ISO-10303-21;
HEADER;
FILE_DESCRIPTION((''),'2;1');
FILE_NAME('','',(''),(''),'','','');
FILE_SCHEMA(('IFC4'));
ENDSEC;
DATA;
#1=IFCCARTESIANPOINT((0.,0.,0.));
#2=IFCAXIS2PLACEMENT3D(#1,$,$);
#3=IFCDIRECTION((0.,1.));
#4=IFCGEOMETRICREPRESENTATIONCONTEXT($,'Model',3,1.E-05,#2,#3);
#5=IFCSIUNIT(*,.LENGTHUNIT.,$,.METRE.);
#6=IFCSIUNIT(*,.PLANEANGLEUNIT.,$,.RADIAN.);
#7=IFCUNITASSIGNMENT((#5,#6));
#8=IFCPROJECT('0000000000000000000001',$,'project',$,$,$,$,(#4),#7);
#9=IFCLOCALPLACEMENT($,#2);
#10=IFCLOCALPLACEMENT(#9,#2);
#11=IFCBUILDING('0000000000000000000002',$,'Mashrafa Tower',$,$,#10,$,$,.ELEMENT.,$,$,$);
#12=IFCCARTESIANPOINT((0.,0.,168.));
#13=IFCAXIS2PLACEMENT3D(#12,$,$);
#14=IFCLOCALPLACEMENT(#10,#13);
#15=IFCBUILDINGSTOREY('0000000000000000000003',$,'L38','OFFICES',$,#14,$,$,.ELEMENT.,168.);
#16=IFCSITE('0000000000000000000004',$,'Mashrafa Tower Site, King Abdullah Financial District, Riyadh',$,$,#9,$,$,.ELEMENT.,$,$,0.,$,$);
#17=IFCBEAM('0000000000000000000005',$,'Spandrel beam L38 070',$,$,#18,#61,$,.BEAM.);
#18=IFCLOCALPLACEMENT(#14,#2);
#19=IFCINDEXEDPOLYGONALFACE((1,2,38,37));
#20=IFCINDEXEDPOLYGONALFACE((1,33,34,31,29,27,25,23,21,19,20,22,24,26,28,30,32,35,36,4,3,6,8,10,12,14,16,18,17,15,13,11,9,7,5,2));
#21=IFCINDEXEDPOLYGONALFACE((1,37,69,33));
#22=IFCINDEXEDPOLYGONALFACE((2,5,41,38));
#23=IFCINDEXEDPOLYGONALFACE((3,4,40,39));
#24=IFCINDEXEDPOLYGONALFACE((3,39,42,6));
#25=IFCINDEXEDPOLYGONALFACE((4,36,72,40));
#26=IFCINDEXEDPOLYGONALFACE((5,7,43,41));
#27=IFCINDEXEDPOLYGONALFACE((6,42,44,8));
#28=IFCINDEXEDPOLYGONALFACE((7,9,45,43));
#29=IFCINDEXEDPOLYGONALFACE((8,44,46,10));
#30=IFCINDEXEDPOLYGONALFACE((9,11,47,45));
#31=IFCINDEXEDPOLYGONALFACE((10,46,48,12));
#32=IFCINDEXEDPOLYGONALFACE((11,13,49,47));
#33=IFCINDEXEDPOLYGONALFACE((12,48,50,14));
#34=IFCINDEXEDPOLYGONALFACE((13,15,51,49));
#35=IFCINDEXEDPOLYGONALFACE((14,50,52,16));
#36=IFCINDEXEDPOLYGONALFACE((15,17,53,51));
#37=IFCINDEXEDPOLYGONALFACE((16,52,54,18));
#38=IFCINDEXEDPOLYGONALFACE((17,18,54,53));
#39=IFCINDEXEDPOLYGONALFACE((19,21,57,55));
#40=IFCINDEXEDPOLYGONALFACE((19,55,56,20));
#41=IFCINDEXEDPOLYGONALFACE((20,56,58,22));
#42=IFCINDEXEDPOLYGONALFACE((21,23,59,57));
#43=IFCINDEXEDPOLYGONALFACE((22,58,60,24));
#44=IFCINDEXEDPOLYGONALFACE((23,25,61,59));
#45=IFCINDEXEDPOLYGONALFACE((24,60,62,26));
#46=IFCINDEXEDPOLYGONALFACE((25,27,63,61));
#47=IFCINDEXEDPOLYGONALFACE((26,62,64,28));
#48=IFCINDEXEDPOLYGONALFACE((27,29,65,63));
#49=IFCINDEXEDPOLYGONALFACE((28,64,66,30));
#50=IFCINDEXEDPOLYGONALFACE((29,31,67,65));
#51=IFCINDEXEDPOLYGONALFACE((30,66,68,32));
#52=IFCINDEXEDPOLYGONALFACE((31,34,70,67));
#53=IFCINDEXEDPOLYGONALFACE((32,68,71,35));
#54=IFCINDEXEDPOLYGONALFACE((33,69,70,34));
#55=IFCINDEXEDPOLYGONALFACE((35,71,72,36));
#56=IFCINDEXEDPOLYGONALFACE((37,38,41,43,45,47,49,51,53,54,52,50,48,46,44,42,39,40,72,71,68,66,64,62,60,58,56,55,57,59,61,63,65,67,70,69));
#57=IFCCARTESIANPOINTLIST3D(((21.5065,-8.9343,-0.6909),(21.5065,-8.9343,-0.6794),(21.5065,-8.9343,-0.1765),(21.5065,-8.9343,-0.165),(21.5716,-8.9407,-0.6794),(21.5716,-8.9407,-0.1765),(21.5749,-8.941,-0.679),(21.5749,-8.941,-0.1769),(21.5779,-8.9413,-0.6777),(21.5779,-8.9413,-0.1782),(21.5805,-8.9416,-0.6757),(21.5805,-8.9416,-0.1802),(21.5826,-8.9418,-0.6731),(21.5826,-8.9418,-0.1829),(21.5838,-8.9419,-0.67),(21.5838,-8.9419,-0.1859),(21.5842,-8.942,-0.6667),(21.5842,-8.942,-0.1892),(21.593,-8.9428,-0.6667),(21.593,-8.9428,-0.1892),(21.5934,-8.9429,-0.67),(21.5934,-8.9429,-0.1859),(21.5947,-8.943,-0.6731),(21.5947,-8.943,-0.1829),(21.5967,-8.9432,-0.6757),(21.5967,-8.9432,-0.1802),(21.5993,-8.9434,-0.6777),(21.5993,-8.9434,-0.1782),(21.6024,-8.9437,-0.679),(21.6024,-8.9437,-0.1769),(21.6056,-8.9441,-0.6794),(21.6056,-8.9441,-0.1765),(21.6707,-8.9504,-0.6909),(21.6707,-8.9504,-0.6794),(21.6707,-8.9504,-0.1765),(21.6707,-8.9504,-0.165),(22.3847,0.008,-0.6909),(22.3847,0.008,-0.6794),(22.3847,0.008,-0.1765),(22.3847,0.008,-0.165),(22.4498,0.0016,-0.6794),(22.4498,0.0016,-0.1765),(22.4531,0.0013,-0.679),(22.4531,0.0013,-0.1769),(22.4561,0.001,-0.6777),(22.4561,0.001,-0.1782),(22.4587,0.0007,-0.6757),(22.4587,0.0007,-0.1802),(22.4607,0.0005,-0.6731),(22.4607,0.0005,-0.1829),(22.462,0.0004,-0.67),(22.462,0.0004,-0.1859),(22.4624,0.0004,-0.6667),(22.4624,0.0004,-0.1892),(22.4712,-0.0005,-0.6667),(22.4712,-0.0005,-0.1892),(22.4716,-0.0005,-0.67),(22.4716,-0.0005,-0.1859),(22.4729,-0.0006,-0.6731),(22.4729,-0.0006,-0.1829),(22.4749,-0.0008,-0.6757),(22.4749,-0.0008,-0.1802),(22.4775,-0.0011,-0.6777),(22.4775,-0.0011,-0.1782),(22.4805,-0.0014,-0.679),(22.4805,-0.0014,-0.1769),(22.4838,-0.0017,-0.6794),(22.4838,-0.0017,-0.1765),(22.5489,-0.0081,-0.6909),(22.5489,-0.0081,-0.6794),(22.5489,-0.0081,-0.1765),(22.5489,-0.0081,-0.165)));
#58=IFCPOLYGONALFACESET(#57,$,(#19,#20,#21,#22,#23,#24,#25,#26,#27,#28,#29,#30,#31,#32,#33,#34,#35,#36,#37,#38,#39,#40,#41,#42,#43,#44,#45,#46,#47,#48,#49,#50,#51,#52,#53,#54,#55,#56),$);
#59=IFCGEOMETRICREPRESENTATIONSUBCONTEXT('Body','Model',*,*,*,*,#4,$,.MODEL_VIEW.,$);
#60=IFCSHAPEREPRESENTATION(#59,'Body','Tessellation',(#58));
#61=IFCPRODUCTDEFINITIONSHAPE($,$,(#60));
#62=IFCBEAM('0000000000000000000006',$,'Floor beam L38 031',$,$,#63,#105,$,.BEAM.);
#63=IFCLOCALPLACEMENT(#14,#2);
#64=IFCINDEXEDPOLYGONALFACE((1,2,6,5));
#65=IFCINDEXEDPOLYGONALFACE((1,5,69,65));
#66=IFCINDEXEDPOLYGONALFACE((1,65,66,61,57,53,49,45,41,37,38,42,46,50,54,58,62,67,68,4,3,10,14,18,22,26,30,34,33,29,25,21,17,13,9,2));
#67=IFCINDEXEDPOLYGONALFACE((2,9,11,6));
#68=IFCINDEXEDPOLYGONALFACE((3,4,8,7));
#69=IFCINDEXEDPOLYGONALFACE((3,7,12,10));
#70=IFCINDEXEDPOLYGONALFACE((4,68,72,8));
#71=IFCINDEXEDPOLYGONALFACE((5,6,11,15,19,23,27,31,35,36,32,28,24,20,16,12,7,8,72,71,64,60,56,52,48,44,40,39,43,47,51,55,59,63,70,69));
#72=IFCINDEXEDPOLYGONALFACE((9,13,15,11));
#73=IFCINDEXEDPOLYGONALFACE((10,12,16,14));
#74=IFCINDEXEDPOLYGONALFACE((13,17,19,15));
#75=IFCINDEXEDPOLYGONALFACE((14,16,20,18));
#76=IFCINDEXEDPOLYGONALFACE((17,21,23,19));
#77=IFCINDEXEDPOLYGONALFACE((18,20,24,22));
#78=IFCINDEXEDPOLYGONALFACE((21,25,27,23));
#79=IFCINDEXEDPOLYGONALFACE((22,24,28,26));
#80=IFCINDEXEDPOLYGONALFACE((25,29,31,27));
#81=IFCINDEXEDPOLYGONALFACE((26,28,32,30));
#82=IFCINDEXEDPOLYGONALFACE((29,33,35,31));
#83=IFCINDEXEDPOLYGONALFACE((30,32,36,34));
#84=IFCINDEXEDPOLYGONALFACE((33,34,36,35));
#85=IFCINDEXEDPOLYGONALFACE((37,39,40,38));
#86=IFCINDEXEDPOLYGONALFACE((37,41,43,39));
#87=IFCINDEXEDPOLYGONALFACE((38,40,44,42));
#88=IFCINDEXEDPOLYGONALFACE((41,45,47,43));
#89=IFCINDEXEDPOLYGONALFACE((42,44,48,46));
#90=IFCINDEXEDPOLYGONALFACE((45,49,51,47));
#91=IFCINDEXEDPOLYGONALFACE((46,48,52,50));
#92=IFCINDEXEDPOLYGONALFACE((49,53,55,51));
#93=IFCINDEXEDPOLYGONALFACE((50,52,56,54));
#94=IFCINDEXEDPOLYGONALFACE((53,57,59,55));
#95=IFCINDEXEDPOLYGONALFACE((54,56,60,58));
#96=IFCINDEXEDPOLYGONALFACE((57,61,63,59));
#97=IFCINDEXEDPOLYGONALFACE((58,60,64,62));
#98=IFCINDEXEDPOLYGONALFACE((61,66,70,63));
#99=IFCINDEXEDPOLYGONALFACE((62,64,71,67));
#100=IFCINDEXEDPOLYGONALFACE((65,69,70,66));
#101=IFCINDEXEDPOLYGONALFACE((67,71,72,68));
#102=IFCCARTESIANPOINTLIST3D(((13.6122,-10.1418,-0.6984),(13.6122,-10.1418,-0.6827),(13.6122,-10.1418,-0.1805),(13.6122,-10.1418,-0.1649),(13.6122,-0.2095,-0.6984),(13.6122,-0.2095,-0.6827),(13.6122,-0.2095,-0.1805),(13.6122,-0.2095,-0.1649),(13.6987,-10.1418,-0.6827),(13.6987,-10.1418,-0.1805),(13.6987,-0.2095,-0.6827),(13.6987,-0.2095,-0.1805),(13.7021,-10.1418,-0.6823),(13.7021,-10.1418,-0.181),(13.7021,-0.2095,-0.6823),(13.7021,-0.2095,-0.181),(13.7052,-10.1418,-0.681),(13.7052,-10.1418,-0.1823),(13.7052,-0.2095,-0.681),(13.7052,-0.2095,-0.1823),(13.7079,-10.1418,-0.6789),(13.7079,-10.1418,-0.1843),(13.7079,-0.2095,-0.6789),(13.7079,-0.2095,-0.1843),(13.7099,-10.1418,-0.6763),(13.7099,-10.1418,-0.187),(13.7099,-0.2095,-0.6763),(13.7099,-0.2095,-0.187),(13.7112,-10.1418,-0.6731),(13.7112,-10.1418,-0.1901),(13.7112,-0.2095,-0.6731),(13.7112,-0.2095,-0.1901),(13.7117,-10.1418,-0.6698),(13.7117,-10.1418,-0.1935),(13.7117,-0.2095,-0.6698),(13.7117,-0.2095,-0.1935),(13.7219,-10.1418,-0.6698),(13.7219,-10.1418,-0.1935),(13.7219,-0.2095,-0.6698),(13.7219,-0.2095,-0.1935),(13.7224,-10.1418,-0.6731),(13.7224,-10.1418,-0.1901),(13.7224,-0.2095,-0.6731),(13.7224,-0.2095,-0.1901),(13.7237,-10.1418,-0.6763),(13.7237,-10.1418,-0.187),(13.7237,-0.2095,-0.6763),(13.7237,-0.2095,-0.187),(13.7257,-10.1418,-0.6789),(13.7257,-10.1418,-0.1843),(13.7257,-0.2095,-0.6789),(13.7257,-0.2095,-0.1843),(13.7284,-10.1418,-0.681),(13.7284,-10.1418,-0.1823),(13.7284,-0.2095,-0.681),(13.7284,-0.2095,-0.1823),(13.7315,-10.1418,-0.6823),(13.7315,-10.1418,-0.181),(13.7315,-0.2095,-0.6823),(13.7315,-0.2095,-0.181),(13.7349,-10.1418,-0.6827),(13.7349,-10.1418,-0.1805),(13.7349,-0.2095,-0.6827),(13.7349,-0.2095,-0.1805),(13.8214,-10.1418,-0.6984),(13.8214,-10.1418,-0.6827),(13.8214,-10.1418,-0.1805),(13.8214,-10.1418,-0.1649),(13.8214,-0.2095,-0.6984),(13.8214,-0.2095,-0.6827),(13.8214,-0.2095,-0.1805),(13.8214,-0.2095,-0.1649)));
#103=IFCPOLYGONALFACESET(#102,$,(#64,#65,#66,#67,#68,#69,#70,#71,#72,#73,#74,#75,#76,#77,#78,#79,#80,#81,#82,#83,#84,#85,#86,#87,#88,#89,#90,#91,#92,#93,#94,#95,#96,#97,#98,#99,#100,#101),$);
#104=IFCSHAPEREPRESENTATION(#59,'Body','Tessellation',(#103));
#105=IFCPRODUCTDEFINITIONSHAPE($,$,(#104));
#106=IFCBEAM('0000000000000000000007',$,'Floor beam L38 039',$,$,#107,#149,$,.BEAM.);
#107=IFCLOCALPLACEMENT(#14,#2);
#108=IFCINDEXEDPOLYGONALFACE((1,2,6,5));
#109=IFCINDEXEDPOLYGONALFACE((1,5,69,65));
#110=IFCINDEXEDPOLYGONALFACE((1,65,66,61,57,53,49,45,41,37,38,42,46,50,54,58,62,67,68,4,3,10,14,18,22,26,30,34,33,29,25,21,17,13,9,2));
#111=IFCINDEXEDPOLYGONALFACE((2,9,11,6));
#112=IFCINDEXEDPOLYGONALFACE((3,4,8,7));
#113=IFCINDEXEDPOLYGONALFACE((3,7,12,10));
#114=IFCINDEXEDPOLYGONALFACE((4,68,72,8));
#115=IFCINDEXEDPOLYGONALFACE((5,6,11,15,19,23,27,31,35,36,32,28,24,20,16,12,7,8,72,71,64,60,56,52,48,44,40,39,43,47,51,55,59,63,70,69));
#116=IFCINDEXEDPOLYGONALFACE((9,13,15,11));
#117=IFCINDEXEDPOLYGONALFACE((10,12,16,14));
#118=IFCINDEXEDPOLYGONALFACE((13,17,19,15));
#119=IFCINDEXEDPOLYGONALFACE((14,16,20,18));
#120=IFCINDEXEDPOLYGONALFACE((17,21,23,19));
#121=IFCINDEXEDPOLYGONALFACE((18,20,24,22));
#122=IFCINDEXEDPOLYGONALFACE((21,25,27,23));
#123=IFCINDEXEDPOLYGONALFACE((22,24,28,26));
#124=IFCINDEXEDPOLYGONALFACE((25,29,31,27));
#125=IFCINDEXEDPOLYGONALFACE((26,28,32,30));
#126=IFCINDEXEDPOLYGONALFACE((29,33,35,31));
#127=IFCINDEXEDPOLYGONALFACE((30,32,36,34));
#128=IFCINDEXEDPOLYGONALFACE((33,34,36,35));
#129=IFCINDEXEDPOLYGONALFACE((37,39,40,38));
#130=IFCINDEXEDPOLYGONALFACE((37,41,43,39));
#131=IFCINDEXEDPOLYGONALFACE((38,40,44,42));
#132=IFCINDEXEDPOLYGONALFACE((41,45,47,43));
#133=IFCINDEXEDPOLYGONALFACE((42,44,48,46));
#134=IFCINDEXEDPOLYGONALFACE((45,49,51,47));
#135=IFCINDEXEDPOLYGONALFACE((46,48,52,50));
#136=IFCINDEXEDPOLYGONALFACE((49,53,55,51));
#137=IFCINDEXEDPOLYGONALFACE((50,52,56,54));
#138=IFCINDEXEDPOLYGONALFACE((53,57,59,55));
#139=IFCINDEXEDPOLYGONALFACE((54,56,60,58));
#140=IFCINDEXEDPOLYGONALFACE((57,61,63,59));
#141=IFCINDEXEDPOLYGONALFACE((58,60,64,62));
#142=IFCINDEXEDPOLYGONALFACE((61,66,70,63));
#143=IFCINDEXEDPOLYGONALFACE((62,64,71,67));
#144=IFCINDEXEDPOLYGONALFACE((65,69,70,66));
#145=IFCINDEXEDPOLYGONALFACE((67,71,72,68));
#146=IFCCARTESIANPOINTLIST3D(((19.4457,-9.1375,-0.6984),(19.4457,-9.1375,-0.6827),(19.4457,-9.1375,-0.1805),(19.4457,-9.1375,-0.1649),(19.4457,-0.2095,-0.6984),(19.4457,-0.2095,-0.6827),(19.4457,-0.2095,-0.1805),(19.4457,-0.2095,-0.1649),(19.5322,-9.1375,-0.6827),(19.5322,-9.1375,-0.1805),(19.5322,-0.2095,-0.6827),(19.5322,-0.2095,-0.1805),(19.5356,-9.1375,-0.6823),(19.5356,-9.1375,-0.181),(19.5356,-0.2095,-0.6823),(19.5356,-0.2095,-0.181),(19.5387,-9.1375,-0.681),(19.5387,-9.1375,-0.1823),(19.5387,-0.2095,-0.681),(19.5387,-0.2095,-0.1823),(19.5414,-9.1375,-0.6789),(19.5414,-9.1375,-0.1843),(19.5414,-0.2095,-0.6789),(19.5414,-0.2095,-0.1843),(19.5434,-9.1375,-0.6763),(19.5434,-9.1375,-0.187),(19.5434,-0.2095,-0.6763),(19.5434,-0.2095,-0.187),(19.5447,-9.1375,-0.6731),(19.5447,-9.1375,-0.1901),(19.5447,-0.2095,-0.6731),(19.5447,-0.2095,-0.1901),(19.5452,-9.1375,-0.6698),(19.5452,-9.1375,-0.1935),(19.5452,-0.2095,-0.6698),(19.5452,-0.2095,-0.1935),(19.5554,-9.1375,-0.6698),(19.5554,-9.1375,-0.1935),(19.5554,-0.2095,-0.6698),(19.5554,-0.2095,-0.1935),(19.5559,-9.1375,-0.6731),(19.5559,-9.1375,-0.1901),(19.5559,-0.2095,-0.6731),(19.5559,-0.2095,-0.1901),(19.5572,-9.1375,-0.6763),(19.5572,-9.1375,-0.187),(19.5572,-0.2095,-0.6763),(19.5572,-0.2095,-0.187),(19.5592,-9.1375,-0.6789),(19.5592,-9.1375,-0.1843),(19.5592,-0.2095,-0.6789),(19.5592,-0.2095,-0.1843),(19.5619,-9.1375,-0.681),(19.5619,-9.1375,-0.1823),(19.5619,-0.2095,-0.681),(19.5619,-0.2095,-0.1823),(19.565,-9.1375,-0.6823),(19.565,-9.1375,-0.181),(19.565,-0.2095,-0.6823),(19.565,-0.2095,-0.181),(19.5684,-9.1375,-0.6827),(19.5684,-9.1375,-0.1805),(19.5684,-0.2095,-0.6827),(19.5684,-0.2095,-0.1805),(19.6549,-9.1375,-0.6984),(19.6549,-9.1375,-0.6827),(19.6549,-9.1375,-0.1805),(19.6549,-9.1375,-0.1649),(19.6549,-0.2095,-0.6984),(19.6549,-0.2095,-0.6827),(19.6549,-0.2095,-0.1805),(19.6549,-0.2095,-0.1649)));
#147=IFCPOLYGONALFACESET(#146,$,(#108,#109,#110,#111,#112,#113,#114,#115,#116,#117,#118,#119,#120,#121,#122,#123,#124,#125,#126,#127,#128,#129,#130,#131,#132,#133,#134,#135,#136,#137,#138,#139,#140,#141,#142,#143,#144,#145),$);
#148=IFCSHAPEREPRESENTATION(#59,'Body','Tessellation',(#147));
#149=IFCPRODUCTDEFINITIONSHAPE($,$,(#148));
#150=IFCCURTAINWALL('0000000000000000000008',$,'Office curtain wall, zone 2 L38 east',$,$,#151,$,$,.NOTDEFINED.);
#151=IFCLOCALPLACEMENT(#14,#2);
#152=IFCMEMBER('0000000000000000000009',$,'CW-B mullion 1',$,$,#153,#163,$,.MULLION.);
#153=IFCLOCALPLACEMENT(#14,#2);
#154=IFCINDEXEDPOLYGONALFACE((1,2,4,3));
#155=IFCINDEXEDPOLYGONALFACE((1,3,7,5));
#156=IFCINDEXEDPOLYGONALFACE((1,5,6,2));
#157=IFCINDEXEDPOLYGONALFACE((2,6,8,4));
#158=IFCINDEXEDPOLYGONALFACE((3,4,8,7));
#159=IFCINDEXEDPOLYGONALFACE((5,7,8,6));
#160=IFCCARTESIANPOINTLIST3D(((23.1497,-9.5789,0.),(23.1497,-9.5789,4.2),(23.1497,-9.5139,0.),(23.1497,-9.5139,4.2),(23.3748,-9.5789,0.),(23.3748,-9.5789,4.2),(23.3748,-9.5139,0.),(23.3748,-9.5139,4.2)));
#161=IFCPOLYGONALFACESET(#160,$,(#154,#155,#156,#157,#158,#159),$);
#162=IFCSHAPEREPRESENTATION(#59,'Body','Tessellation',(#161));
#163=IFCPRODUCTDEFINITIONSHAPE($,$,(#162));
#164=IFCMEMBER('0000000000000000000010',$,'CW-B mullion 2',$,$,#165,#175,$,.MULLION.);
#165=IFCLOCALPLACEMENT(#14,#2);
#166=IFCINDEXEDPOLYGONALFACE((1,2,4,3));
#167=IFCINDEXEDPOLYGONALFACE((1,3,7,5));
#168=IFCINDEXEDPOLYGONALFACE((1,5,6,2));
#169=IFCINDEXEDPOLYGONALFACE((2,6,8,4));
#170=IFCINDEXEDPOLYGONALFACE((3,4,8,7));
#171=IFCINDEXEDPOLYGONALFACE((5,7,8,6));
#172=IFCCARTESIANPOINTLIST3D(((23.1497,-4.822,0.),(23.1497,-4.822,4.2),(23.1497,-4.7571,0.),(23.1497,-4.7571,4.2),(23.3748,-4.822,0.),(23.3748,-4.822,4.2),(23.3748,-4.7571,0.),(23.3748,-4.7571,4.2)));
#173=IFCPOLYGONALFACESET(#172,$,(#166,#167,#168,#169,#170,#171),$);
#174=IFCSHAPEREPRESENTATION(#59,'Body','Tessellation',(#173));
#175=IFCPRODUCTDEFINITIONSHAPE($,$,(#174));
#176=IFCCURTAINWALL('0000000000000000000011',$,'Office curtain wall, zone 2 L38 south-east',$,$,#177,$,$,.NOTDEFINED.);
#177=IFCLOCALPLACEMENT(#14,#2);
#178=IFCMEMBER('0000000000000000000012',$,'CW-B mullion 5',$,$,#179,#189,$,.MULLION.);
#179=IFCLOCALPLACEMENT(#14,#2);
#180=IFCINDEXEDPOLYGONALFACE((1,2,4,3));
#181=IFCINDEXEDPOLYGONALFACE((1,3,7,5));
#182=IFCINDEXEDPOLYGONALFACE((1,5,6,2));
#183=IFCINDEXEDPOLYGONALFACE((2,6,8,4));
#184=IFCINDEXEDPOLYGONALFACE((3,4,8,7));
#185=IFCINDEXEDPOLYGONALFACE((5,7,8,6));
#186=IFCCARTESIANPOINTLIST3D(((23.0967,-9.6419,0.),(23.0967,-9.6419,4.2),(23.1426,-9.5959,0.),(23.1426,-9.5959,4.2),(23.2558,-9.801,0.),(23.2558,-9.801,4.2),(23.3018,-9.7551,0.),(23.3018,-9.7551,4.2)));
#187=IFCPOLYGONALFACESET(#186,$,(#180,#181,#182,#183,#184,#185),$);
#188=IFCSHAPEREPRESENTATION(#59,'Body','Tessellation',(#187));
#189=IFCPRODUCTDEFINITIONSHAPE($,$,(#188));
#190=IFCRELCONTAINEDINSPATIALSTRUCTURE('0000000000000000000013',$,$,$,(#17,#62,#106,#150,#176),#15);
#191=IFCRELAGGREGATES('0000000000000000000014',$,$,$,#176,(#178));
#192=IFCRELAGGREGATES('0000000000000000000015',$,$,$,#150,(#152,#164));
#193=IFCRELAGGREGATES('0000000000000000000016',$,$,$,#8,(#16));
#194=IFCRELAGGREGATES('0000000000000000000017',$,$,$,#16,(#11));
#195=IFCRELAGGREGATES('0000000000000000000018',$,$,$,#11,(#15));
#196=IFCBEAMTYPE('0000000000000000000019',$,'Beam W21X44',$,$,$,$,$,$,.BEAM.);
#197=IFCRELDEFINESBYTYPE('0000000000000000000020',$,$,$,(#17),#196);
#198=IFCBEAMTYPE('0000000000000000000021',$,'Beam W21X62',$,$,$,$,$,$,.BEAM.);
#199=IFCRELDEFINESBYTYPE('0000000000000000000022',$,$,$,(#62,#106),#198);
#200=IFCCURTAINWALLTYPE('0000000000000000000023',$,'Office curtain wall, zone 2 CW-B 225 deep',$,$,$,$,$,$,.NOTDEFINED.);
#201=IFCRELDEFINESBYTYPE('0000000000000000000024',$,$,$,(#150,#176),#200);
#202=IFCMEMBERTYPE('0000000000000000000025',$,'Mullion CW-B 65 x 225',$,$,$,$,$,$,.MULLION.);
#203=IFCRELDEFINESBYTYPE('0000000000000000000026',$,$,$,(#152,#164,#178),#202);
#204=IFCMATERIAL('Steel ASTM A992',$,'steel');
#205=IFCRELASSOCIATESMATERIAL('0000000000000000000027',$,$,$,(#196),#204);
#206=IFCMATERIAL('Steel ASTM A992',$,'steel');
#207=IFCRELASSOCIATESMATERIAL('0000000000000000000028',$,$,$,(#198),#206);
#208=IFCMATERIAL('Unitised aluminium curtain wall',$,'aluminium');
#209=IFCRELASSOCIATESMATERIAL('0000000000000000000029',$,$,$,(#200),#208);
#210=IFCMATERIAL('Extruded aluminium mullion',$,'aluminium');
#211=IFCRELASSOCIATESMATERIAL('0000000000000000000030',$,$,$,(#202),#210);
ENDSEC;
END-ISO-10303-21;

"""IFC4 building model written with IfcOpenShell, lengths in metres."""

from ifc_helpers import new_model, si_unit, direction, frame, origin, origin_2d, place, context, subcontext, project, spatial, rectangle, i_section, extrude, source, transform, mapped, material, material_profile, profile_set, type_object, type_shapes, element, aggregate, save


model = new_model("IFC4")

# Units and contexts
model_context = context("Model", 3, precision=1e-05, world=origin(), true_north=direction((0.0, 1.0)))
body_context = subcontext(model_context, "Body", "Model", "MODEL_VIEW")
ifc_project = project(units=[si_unit("LENGTHUNIT", "METRE"), si_unit("PLANEANGLEUNIT", "RADIAN")], contexts=[model_context])

# Site, building, storey
site_placement = place(None, origin())
site = spatial("IfcSite", under=ifc_project, at=site_placement, Name="Mashrafa Tower Site, King Abdullah Financial District, Riyadh", CompositionType="ELEMENT", RefElevation=0.0)
building_placement = place(site_placement, origin())
building = spatial("IfcBuilding", under=site, at=building_placement, Name="Mashrafa Tower", CompositionType="ELEMENT")
storey_placement = place(building_placement, frame((0.0, 0.0, 168.0)))
storey = spatial("IfcBuildingStorey", under=building, at=storey_placement, Name="L38", Description="OFFICES", CompositionType="ELEMENT", Elevation=168.0)

# Beams
ifc_material_1 = material(Name="Steel ASTM A992", Category="steel")
ifc_material_profile_1 = material_profile(ifc_material_1, i_section(OverallWidth=0.165, OverallDepth=0.5259, WebThickness=0.0088, FlangeThickness=0.0115, FilletRadius=0.0127, at=origin_2d()), Name="W21X44")
ifc_profile_set_1 = profile_set([ifc_material_profile_1], Name="Steel ASTM A992")
beam_type_1 = type_object("IfcBeamType", Name="Beam W21X44", PredefinedType="BEAM", material=ifc_profile_set_1)
beam_1_placement = place(storey_placement, frame((21.5886, -8.9424, -0.428), z_axis=(0.097733, 0.995213, 0.0), x_axis=(-0.995213, 0.097733, 0.0)))
element("IfcBeam", 1, at=beam_1_placement, inside=storey, type_object=beam_type_1, Name="Spandrel beam L38 070", PredefinedType="BEAM", context=body_context, shape_type="SweptSolid", body=[
    extrude(i_section(OverallWidth=0.165, OverallDepth=0.5259, WebThickness=0.0088, FlangeThickness=0.0115, FilletRadius=0.0127, at=origin_2d()), origin(), (0.0, 0.0, 1.0), 8.9854),
])
ifc_material_2 = material(Name="Steel ASTM A992", Category="steel")
ifc_material_profile_2 = material_profile(ifc_material_2, i_section(OverallWidth=0.2092, OverallDepth=0.5334, WebThickness=0.0103, FlangeThickness=0.0156, FilletRadius=0.0129, at=origin_2d()), Name="W21X62")
ifc_profile_set_2 = profile_set([ifc_material_profile_2], Name="Steel ASTM A992")
beam_type_2 = type_object("IfcBeamType", Name="Beam W21X62", PredefinedType="BEAM", material=ifc_profile_set_2)
beam_2_placement = place(storey_placement, frame((13.7168, -0.2095, -0.4316), z_axis=(0.0, -1.0, 0.0), x_axis=(1.0, 0.0, 0.0)))
element("IfcBeam", 2, at=beam_2_placement, inside=storey, type_object=beam_type_2, Name="Floor beam L38 031", PredefinedType="BEAM", context=body_context, shape_type="SweptSolid", body=[
    extrude(i_section(OverallWidth=0.2092, OverallDepth=0.5334, WebThickness=0.0103, FlangeThickness=0.0156, FilletRadius=0.0129, at=origin_2d()), origin(), (0.0, 0.0, 1.0), 9.9324),
])
beam_3_placement = place(storey_placement, frame((19.5503, -0.2095, -0.4316), z_axis=(0.0, -1.0, 0.0), x_axis=(1.0, 0.0, 0.0)))
element("IfcBeam", 3, at=beam_3_placement, inside=storey, type_object=beam_type_2, Name="Floor beam L38 039", PredefinedType="BEAM", context=body_context, shape_type="SweptSolid", body=[
    extrude(i_section(OverallWidth=0.2092, OverallDepth=0.5334, WebThickness=0.0103, FlangeThickness=0.0156, FilletRadius=0.0129, at=origin_2d()), origin(), (0.0, 0.0, 1.0), 8.928),
])

# Curtain wall, members
ifc_material_3 = material(Name="Unitised aluminium curtain wall", Category="aluminium")
curtain_wall_type = type_object("IfcCurtainWallType", Name="Office curtain wall, zone 2 CW-B 225 deep", PredefinedType="NOTDEFINED", material=ifc_material_3)
curtain_wall_1_placement = place(storey_placement, origin())
curtain_wall_1 = element("IfcCurtainWall", 4, at=curtain_wall_1_placement, inside=storey, type_object=curtain_wall_type, Name="Office curtain wall, zone 2 L38 east", PredefinedType="NOTDEFINED")
ifc_material_4 = material(Name="Extruded aluminium mullion", Category="aluminium")
ifc_material_profile_3 = material_profile(ifc_material_4, rectangle(XDim=0.2251, YDim=0.0649, at=origin_2d()), Name="Mullion 65x225")
ifc_profile_set_3 = profile_set([ifc_material_profile_3], Name="Extruded aluminium mullion")
member_type_1 = type_object("IfcMemberType", Name="Mullion CW-B 65 x 225", PredefinedType="MULLION", material=ifc_profile_set_3)
shared_shape_1 = source(origin(), body_context, "Body", "SweptSolid", [
    extrude(rectangle(XDim=0.2251, YDim=0.0649, at=origin_2d()), origin(), (0.0, 0.0, 1.0), 4.2),
])
type_shapes(member_type_1, [shared_shape_1])
member_1_placement = place(storey_placement, frame((23.2622, -9.5464, 0.0), z_axis=(0.0, 0.0, 1.0), x_axis=(-1.0, 0.0, 0.0)))
member_1 = element("IfcMember", 5, at=member_1_placement, type_object=member_type_1, Name="CW-B mullion 1", PredefinedType="MULLION", context=body_context, shape_type="MappedRepresentation", body=[
    mapped(shared_shape_1, transform((0.0, 0.0, 0.0))),
])
member_2_placement = place(storey_placement, frame((23.2622, -4.7896, 0.0), z_axis=(0.0, 0.0, 1.0), x_axis=(-1.0, 0.0, 0.0)))
member_2 = element("IfcMember", 6, at=member_2_placement, type_object=member_type_1, Name="CW-B mullion 2", PredefinedType="MULLION", context=body_context, shape_type="MappedRepresentation", body=[
    mapped(shared_shape_1, transform((0.0, 0.0, 0.0))),
])

# Curtain wall, member
curtain_wall_2_placement = place(storey_placement, origin())
curtain_wall_2 = element("IfcCurtainWall", 7, at=curtain_wall_2_placement, inside=storey, type_object=curtain_wall_type, Name="Office curtain wall, zone 2 L38 south-east", PredefinedType="NOTDEFINED")
member_3_placement = place(storey_placement, frame((23.1992, -9.6985, 0.0), z_axis=(0.0, 0.0, 1.0), x_axis=(-0.707107, 0.707107, 0.0)))
member_3 = element("IfcMember", 8, at=member_3_placement, type_object=member_type_1, Name="CW-B mullion 5", PredefinedType="MULLION", context=body_context, shape_type="MappedRepresentation", body=[
    mapped(shared_shape_1, transform((0.0, 0.0, 0.0))),
])
aggregate(curtain_wall_2, [member_3])

aggregate(curtain_wall_1, [member_1, member_2])

save(model, "model.ifc")
